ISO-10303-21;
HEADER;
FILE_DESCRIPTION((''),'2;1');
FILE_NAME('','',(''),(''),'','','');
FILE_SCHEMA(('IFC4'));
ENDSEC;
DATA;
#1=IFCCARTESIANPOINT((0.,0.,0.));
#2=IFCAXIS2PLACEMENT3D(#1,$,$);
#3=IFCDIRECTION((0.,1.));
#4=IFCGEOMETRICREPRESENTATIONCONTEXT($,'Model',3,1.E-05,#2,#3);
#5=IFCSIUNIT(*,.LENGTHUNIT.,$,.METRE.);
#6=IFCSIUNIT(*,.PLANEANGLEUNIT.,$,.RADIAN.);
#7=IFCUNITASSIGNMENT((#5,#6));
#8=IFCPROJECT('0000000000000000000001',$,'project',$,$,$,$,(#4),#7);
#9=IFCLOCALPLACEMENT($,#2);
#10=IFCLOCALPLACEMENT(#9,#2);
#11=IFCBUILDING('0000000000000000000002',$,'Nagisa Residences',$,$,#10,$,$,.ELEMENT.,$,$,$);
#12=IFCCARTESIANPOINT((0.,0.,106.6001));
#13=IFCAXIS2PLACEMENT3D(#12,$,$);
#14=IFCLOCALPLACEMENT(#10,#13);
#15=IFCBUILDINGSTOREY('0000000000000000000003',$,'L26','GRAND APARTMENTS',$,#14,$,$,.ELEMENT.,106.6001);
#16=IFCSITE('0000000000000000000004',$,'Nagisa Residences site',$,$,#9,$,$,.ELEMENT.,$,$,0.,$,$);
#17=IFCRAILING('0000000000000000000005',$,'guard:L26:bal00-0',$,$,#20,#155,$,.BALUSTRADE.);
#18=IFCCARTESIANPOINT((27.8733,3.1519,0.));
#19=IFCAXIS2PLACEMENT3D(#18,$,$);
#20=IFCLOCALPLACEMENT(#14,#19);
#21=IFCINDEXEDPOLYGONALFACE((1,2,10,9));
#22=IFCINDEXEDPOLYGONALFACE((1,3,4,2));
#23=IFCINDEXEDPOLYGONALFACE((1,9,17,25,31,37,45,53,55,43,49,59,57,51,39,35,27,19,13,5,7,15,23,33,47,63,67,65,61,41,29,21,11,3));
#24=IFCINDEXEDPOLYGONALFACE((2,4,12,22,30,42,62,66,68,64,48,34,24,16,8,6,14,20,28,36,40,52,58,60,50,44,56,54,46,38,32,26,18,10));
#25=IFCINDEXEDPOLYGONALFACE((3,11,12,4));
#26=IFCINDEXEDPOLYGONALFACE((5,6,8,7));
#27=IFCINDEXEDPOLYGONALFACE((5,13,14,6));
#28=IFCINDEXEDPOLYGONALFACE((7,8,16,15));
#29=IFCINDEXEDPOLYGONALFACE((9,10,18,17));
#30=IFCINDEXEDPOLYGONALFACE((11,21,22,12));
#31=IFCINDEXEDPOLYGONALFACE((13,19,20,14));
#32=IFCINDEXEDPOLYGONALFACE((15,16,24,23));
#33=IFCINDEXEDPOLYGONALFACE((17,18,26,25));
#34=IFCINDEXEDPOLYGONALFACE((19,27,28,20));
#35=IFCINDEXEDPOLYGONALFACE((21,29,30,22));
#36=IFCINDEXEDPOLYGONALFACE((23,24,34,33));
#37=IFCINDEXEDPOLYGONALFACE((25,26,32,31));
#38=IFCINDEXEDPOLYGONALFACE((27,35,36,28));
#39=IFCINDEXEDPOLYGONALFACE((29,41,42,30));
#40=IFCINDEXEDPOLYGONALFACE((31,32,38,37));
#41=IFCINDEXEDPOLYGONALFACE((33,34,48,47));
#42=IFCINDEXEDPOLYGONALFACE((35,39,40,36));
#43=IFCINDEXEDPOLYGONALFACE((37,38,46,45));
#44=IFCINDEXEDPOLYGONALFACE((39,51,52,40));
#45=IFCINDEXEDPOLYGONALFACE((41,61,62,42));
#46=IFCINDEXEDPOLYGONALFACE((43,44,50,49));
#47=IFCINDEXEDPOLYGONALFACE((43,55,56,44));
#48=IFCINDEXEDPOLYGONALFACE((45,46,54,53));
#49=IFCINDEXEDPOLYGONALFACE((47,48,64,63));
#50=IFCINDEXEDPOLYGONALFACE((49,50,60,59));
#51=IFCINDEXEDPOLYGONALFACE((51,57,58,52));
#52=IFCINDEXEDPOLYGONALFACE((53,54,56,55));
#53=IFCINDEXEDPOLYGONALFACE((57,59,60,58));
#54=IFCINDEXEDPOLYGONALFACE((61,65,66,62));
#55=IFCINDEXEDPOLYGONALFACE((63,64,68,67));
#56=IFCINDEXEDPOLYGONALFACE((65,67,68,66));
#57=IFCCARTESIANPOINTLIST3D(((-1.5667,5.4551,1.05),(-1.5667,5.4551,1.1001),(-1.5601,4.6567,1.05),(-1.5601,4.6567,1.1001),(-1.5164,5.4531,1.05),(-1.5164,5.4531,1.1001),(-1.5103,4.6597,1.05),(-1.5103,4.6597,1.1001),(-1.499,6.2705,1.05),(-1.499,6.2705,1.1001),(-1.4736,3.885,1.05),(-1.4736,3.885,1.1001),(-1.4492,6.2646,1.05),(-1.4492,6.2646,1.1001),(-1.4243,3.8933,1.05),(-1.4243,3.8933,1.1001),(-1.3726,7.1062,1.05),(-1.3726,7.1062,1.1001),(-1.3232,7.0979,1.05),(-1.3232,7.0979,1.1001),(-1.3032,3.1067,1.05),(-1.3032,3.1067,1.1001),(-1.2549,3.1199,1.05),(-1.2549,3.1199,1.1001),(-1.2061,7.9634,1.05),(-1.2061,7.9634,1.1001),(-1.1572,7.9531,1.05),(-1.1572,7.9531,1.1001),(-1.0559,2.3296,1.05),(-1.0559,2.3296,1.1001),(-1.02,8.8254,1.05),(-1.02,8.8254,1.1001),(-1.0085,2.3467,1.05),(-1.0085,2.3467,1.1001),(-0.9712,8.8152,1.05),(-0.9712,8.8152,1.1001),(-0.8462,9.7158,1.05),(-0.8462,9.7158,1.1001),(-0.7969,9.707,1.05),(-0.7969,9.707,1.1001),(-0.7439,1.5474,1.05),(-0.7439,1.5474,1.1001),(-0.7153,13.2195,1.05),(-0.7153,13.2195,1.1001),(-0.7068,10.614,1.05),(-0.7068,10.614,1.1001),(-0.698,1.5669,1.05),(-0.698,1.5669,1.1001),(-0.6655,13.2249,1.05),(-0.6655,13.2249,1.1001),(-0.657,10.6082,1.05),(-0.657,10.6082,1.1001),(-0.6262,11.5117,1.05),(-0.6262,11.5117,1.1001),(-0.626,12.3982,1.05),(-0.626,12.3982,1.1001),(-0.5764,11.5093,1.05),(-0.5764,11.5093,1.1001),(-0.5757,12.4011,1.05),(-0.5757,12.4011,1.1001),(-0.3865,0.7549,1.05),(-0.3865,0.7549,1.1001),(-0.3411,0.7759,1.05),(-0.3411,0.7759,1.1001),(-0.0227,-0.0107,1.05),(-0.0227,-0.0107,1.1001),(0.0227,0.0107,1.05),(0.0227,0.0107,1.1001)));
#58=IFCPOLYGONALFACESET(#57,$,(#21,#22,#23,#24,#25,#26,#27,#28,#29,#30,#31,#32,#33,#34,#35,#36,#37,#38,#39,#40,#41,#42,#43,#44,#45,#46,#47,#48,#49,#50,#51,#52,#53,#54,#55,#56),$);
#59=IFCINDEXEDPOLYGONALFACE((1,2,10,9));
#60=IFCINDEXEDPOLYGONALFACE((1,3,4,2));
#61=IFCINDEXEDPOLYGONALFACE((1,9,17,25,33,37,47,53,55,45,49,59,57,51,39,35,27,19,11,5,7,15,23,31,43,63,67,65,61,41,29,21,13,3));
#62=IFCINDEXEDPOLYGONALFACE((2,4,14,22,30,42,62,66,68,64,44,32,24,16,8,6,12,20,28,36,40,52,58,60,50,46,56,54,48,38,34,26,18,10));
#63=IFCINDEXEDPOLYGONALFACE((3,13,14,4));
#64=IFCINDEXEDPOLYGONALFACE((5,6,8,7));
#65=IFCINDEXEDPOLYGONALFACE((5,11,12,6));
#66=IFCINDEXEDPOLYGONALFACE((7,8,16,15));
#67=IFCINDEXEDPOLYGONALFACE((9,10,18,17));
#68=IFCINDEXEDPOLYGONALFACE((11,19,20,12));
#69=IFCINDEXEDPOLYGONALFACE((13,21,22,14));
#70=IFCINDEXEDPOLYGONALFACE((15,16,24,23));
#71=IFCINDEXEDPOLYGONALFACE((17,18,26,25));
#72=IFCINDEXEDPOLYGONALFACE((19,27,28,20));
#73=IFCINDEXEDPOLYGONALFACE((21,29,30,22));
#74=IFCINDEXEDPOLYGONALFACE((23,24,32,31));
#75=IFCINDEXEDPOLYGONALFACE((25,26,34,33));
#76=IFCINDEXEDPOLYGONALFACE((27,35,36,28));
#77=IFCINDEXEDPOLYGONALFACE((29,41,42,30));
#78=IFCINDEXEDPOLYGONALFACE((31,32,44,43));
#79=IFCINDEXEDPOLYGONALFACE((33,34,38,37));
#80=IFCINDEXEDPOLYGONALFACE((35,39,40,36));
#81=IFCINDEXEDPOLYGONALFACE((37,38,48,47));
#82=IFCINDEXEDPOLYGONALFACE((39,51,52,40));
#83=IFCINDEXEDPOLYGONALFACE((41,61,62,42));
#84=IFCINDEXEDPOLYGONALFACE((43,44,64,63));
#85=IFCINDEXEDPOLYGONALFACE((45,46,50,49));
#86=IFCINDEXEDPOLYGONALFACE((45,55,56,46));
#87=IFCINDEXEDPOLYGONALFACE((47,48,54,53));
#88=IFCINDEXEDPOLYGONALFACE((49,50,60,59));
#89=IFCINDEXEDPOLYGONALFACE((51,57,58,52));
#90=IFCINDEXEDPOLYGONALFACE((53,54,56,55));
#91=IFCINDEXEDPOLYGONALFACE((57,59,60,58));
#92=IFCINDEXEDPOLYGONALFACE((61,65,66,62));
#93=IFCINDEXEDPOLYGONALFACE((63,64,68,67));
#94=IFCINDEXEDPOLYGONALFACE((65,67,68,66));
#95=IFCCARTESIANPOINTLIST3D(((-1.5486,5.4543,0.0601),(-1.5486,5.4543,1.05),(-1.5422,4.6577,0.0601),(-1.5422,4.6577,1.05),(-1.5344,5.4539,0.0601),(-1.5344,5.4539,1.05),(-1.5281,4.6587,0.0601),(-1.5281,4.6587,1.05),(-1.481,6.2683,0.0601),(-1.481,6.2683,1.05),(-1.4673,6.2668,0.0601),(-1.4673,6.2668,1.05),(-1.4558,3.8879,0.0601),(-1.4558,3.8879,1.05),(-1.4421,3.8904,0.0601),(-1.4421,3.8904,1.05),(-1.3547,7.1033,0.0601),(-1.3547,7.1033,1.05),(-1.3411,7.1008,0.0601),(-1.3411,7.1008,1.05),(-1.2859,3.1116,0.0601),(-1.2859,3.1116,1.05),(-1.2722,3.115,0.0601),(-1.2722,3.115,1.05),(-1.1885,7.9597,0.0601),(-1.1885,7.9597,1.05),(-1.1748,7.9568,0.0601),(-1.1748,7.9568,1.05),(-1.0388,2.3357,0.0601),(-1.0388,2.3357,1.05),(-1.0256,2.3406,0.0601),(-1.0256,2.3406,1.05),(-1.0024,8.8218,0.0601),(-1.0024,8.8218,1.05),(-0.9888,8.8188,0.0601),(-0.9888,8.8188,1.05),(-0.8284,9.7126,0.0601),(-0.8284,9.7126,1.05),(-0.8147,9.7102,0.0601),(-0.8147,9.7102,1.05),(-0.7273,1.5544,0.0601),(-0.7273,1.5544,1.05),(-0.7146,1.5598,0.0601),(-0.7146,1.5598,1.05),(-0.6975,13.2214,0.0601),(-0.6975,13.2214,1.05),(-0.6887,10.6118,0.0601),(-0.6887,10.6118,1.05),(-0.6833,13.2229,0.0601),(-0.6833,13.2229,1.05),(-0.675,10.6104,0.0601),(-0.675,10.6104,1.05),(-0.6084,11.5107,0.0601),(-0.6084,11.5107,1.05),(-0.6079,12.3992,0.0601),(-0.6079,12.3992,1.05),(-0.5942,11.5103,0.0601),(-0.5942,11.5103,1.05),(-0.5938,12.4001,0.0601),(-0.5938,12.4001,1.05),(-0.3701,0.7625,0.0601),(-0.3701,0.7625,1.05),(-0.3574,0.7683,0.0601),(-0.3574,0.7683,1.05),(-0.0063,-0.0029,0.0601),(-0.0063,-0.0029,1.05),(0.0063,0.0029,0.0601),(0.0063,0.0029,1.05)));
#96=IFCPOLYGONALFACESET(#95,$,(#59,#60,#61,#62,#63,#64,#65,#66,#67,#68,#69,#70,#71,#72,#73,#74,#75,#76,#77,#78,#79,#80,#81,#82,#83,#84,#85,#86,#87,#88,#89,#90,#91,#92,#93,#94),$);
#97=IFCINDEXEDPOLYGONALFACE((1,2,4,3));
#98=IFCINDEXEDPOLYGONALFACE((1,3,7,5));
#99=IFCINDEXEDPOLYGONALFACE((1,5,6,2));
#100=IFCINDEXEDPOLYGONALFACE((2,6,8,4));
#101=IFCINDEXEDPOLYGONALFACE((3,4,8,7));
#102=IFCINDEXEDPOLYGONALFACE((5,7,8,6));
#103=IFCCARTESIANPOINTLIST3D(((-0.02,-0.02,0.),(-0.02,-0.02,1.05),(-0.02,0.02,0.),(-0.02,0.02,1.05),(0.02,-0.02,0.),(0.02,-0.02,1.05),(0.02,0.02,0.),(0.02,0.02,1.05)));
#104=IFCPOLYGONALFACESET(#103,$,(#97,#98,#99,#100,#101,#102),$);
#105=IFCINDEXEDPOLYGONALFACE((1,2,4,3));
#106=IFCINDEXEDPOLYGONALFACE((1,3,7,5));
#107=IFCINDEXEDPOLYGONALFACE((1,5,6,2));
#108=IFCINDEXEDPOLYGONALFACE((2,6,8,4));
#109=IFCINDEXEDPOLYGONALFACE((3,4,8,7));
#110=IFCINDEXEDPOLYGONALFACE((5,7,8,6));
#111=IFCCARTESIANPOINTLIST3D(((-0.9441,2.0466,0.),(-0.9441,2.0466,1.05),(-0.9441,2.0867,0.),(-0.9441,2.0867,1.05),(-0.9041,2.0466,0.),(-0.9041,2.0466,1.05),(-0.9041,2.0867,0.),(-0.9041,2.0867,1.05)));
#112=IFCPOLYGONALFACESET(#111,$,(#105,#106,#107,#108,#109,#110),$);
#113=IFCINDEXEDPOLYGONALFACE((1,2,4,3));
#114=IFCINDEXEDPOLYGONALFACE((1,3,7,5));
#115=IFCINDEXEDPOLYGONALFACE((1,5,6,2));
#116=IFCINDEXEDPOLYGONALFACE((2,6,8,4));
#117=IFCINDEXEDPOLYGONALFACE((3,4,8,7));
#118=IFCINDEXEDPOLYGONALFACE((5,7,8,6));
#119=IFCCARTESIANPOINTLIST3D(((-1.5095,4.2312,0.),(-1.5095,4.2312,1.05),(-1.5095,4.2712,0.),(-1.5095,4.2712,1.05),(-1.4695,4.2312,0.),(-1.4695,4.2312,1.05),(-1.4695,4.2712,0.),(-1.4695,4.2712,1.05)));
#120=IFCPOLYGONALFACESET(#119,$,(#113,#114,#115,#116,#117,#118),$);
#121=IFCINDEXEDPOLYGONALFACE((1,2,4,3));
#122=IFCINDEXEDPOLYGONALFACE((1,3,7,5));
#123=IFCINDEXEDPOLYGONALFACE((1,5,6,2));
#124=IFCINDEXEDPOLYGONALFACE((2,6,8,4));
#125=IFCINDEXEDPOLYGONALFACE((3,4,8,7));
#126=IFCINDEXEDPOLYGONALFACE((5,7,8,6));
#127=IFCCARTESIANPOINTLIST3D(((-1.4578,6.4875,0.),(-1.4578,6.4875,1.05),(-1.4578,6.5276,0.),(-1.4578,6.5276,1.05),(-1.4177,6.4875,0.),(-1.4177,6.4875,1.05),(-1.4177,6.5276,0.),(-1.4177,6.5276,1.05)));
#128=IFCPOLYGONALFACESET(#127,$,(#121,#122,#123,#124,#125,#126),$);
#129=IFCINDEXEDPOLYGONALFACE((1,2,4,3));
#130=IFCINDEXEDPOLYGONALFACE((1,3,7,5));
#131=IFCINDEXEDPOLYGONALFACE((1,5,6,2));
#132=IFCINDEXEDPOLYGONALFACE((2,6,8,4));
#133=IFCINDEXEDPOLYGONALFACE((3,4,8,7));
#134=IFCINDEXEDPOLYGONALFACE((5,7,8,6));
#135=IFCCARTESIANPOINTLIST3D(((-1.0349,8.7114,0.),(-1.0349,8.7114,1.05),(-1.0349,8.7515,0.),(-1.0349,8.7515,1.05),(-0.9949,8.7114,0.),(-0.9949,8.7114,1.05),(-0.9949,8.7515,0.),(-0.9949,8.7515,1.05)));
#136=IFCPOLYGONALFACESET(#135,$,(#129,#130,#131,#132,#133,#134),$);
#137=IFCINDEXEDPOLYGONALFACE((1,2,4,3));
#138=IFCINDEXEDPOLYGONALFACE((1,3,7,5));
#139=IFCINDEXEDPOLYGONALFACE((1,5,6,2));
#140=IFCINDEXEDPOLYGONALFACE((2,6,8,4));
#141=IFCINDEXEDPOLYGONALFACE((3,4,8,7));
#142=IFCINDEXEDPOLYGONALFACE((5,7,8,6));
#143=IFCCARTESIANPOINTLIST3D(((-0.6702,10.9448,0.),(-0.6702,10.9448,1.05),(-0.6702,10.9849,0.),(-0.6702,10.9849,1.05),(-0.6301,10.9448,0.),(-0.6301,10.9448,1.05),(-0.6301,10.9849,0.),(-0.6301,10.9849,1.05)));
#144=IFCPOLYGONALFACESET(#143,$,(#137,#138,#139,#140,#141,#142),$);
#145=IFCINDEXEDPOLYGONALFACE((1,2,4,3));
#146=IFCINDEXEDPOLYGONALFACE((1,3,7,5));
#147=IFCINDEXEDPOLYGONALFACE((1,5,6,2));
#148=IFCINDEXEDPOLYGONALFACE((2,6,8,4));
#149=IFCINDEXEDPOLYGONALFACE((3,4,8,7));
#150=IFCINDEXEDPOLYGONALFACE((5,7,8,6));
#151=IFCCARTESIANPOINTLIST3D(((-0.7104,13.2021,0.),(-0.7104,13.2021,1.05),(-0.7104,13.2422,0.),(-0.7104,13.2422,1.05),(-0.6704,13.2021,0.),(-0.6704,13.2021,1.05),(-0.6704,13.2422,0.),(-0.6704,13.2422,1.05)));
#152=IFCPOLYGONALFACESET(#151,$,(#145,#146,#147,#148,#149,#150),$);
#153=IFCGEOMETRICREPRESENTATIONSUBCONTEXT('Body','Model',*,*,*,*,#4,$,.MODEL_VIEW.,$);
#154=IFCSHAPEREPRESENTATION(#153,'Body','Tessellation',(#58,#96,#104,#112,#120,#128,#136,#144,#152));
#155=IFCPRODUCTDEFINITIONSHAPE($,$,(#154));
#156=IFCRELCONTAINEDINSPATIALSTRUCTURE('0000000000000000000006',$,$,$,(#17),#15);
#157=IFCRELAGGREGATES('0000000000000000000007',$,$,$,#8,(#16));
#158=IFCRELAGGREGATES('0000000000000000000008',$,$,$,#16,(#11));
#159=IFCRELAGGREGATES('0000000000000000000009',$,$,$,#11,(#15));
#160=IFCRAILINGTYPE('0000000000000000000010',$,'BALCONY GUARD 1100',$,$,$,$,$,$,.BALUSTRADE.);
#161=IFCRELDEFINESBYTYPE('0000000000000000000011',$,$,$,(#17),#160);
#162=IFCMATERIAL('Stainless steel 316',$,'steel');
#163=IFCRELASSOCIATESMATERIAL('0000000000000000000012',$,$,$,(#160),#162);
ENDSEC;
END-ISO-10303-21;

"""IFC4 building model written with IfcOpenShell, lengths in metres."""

from ifc_helpers import new_model, si_unit, direction, frame, origin, origin_2d, place, context, subcontext, project, spatial, polyline, rectangle, outline, extrude, material, type_object, element, save


model = new_model("IFC4")

# Units and contexts
model_context = context("Model", 3, precision=1e-05, world=origin(), true_north=direction((0.0, 1.0)))
body_context = subcontext(model_context, "Body", "Model", "MODEL_VIEW")
ifc_project = project(units=[si_unit("LENGTHUNIT", "METRE"), si_unit("PLANEANGLEUNIT", "RADIAN")], contexts=[model_context])

# Site, building, storey
site_placement = place(None, origin())
site = spatial("IfcSite", under=ifc_project, at=site_placement, Name="Nagisa Residences site", CompositionType="ELEMENT", RefElevation=0.0)
building_placement = place(site_placement, origin())
building = spatial("IfcBuilding", under=site, at=building_placement, Name="Nagisa Residences", CompositionType="ELEMENT")
storey_placement = place(building_placement, frame((0.0, 0.0, 106.6001)))
storey = spatial("IfcBuildingStorey", under=building, at=storey_placement, Name="L26", Description="GRAND APARTMENTS", CompositionType="ELEMENT", Elevation=106.6001)

# Railing
ifc_material_1 = material(Name="Stainless steel 316", Category="steel")
railing_type = type_object("IfcRailingType", Name="BALCONY GUARD 1100", PredefinedType="BALUSTRADE", material=ifc_material_1)
railing_placement = place(storey_placement, frame((27.8733, 3.1519, 0.0)))
element("IfcRailing", 1, at=railing_placement, inside=storey, type_object=railing_type, Name="guard:L26:bal00-0", PredefinedType="BALUSTRADE", context=body_context, shape_type="SweptSolid", body=[
    extrude(outline(polyline([(-0.3865, 0.7549), (-0.0227, -0.0107), (0.0227, 0.0107), (-0.3411, 0.7759), (-0.698, 1.5669), (-1.0085, 2.3467), (-1.2549, 3.1199), (-1.4243, 3.8933), (-1.5103, 4.6597), (-1.5164, 5.4531), (-1.4492, 6.2646), (-1.3232, 7.0979), (-1.1572, 7.9531), (-0.9712, 8.8152), (-0.7969, 9.707), (-0.657, 10.6082), (-0.5764, 11.5093), (-0.5757, 12.4011), (-0.6655, 13.2249), (-0.7153, 13.2195), (-0.626, 12.3982), (-0.6262, 11.5117), (-0.7068, 10.614), (-0.8462, 9.7158), (-1.02, 8.8254), (-1.2061, 7.9634), (-1.3726, 7.1062), (-1.499, 6.2705), (-1.5667, 5.4551), (-1.5601, 4.6567), (-1.4736, 3.885), (-1.3032, 3.1067), (-1.0559, 2.3296), (-0.7439, 1.5474), (-0.3865, 0.7549)])), frame((0.0, 0.0, 1.05)), (0.0, 0.0, 1.0), 0.05),
    extrude(outline(polyline([(-0.3701, 0.7625), (-0.0063, -0.0029), (0.0063, 0.0029), (-0.3574, 0.7683), (-0.7146, 1.5598), (-1.0256, 2.3406), (-1.2722, 3.115), (-1.4421, 3.8904), (-1.5281, 4.6587), (-1.5344, 5.4539), (-1.4673, 6.2668), (-1.3411, 7.1008), (-1.1748, 7.9568), (-0.9888, 8.8188), (-0.8147, 9.7102), (-0.675, 10.6104), (-0.5942, 11.5103), (-0.5938, 12.4001), (-0.6833, 13.2229), (-0.6975, 13.2214), (-0.6079, 12.3992), (-0.6084, 11.5107), (-0.6887, 10.6118), (-0.8284, 9.7126), (-1.0024, 8.8218), (-1.1885, 7.9597), (-1.3547, 7.1033), (-1.481, 6.2683), (-1.5486, 5.4543), (-1.5422, 4.6577), (-1.4558, 3.8879), (-1.2859, 3.1116), (-1.0388, 2.3357), (-0.7273, 1.5544), (-0.3701, 0.7625)])), frame((0.0, 0.0, 0.0601)), (0.0, 0.0, 1.0), 0.99),
    extrude(rectangle(XDim=0.04, YDim=0.04, at=origin_2d()), origin(), (0.0, 0.0, 1.0), 1.05),
    extrude(rectangle(XDim=0.04, YDim=0.04, at=origin_2d()), frame((-0.9241, 2.0667, 0.0)), (0.0, 0.0, 1.0), 1.05),
    extrude(rectangle(XDim=0.04, YDim=0.04, at=origin_2d()), frame((-1.4895, 4.2512, 0.0)), (0.0, 0.0, 1.0), 1.05),
    extrude(rectangle(XDim=0.04, YDim=0.04, at=origin_2d()), frame((-1.4377, 6.5076, 0.0)), (0.0, 0.0, 1.0), 1.05),
    extrude(rectangle(XDim=0.04, YDim=0.04, at=origin_2d()), frame((-1.0149, 8.7314, 0.0)), (0.0, 0.0, 1.0), 1.05),
    extrude(rectangle(XDim=0.04, YDim=0.04, at=origin_2d()), frame((-0.6501, 10.9648, 0.0)), (0.0, 0.0, 1.0), 1.05),
    extrude(rectangle(XDim=0.04, YDim=0.04, at=origin_2d()), frame((-0.6904, 13.2222, 0.0)), (0.0, 0.0, 1.0), 1.05),
])

save(model, "model.ifc")
